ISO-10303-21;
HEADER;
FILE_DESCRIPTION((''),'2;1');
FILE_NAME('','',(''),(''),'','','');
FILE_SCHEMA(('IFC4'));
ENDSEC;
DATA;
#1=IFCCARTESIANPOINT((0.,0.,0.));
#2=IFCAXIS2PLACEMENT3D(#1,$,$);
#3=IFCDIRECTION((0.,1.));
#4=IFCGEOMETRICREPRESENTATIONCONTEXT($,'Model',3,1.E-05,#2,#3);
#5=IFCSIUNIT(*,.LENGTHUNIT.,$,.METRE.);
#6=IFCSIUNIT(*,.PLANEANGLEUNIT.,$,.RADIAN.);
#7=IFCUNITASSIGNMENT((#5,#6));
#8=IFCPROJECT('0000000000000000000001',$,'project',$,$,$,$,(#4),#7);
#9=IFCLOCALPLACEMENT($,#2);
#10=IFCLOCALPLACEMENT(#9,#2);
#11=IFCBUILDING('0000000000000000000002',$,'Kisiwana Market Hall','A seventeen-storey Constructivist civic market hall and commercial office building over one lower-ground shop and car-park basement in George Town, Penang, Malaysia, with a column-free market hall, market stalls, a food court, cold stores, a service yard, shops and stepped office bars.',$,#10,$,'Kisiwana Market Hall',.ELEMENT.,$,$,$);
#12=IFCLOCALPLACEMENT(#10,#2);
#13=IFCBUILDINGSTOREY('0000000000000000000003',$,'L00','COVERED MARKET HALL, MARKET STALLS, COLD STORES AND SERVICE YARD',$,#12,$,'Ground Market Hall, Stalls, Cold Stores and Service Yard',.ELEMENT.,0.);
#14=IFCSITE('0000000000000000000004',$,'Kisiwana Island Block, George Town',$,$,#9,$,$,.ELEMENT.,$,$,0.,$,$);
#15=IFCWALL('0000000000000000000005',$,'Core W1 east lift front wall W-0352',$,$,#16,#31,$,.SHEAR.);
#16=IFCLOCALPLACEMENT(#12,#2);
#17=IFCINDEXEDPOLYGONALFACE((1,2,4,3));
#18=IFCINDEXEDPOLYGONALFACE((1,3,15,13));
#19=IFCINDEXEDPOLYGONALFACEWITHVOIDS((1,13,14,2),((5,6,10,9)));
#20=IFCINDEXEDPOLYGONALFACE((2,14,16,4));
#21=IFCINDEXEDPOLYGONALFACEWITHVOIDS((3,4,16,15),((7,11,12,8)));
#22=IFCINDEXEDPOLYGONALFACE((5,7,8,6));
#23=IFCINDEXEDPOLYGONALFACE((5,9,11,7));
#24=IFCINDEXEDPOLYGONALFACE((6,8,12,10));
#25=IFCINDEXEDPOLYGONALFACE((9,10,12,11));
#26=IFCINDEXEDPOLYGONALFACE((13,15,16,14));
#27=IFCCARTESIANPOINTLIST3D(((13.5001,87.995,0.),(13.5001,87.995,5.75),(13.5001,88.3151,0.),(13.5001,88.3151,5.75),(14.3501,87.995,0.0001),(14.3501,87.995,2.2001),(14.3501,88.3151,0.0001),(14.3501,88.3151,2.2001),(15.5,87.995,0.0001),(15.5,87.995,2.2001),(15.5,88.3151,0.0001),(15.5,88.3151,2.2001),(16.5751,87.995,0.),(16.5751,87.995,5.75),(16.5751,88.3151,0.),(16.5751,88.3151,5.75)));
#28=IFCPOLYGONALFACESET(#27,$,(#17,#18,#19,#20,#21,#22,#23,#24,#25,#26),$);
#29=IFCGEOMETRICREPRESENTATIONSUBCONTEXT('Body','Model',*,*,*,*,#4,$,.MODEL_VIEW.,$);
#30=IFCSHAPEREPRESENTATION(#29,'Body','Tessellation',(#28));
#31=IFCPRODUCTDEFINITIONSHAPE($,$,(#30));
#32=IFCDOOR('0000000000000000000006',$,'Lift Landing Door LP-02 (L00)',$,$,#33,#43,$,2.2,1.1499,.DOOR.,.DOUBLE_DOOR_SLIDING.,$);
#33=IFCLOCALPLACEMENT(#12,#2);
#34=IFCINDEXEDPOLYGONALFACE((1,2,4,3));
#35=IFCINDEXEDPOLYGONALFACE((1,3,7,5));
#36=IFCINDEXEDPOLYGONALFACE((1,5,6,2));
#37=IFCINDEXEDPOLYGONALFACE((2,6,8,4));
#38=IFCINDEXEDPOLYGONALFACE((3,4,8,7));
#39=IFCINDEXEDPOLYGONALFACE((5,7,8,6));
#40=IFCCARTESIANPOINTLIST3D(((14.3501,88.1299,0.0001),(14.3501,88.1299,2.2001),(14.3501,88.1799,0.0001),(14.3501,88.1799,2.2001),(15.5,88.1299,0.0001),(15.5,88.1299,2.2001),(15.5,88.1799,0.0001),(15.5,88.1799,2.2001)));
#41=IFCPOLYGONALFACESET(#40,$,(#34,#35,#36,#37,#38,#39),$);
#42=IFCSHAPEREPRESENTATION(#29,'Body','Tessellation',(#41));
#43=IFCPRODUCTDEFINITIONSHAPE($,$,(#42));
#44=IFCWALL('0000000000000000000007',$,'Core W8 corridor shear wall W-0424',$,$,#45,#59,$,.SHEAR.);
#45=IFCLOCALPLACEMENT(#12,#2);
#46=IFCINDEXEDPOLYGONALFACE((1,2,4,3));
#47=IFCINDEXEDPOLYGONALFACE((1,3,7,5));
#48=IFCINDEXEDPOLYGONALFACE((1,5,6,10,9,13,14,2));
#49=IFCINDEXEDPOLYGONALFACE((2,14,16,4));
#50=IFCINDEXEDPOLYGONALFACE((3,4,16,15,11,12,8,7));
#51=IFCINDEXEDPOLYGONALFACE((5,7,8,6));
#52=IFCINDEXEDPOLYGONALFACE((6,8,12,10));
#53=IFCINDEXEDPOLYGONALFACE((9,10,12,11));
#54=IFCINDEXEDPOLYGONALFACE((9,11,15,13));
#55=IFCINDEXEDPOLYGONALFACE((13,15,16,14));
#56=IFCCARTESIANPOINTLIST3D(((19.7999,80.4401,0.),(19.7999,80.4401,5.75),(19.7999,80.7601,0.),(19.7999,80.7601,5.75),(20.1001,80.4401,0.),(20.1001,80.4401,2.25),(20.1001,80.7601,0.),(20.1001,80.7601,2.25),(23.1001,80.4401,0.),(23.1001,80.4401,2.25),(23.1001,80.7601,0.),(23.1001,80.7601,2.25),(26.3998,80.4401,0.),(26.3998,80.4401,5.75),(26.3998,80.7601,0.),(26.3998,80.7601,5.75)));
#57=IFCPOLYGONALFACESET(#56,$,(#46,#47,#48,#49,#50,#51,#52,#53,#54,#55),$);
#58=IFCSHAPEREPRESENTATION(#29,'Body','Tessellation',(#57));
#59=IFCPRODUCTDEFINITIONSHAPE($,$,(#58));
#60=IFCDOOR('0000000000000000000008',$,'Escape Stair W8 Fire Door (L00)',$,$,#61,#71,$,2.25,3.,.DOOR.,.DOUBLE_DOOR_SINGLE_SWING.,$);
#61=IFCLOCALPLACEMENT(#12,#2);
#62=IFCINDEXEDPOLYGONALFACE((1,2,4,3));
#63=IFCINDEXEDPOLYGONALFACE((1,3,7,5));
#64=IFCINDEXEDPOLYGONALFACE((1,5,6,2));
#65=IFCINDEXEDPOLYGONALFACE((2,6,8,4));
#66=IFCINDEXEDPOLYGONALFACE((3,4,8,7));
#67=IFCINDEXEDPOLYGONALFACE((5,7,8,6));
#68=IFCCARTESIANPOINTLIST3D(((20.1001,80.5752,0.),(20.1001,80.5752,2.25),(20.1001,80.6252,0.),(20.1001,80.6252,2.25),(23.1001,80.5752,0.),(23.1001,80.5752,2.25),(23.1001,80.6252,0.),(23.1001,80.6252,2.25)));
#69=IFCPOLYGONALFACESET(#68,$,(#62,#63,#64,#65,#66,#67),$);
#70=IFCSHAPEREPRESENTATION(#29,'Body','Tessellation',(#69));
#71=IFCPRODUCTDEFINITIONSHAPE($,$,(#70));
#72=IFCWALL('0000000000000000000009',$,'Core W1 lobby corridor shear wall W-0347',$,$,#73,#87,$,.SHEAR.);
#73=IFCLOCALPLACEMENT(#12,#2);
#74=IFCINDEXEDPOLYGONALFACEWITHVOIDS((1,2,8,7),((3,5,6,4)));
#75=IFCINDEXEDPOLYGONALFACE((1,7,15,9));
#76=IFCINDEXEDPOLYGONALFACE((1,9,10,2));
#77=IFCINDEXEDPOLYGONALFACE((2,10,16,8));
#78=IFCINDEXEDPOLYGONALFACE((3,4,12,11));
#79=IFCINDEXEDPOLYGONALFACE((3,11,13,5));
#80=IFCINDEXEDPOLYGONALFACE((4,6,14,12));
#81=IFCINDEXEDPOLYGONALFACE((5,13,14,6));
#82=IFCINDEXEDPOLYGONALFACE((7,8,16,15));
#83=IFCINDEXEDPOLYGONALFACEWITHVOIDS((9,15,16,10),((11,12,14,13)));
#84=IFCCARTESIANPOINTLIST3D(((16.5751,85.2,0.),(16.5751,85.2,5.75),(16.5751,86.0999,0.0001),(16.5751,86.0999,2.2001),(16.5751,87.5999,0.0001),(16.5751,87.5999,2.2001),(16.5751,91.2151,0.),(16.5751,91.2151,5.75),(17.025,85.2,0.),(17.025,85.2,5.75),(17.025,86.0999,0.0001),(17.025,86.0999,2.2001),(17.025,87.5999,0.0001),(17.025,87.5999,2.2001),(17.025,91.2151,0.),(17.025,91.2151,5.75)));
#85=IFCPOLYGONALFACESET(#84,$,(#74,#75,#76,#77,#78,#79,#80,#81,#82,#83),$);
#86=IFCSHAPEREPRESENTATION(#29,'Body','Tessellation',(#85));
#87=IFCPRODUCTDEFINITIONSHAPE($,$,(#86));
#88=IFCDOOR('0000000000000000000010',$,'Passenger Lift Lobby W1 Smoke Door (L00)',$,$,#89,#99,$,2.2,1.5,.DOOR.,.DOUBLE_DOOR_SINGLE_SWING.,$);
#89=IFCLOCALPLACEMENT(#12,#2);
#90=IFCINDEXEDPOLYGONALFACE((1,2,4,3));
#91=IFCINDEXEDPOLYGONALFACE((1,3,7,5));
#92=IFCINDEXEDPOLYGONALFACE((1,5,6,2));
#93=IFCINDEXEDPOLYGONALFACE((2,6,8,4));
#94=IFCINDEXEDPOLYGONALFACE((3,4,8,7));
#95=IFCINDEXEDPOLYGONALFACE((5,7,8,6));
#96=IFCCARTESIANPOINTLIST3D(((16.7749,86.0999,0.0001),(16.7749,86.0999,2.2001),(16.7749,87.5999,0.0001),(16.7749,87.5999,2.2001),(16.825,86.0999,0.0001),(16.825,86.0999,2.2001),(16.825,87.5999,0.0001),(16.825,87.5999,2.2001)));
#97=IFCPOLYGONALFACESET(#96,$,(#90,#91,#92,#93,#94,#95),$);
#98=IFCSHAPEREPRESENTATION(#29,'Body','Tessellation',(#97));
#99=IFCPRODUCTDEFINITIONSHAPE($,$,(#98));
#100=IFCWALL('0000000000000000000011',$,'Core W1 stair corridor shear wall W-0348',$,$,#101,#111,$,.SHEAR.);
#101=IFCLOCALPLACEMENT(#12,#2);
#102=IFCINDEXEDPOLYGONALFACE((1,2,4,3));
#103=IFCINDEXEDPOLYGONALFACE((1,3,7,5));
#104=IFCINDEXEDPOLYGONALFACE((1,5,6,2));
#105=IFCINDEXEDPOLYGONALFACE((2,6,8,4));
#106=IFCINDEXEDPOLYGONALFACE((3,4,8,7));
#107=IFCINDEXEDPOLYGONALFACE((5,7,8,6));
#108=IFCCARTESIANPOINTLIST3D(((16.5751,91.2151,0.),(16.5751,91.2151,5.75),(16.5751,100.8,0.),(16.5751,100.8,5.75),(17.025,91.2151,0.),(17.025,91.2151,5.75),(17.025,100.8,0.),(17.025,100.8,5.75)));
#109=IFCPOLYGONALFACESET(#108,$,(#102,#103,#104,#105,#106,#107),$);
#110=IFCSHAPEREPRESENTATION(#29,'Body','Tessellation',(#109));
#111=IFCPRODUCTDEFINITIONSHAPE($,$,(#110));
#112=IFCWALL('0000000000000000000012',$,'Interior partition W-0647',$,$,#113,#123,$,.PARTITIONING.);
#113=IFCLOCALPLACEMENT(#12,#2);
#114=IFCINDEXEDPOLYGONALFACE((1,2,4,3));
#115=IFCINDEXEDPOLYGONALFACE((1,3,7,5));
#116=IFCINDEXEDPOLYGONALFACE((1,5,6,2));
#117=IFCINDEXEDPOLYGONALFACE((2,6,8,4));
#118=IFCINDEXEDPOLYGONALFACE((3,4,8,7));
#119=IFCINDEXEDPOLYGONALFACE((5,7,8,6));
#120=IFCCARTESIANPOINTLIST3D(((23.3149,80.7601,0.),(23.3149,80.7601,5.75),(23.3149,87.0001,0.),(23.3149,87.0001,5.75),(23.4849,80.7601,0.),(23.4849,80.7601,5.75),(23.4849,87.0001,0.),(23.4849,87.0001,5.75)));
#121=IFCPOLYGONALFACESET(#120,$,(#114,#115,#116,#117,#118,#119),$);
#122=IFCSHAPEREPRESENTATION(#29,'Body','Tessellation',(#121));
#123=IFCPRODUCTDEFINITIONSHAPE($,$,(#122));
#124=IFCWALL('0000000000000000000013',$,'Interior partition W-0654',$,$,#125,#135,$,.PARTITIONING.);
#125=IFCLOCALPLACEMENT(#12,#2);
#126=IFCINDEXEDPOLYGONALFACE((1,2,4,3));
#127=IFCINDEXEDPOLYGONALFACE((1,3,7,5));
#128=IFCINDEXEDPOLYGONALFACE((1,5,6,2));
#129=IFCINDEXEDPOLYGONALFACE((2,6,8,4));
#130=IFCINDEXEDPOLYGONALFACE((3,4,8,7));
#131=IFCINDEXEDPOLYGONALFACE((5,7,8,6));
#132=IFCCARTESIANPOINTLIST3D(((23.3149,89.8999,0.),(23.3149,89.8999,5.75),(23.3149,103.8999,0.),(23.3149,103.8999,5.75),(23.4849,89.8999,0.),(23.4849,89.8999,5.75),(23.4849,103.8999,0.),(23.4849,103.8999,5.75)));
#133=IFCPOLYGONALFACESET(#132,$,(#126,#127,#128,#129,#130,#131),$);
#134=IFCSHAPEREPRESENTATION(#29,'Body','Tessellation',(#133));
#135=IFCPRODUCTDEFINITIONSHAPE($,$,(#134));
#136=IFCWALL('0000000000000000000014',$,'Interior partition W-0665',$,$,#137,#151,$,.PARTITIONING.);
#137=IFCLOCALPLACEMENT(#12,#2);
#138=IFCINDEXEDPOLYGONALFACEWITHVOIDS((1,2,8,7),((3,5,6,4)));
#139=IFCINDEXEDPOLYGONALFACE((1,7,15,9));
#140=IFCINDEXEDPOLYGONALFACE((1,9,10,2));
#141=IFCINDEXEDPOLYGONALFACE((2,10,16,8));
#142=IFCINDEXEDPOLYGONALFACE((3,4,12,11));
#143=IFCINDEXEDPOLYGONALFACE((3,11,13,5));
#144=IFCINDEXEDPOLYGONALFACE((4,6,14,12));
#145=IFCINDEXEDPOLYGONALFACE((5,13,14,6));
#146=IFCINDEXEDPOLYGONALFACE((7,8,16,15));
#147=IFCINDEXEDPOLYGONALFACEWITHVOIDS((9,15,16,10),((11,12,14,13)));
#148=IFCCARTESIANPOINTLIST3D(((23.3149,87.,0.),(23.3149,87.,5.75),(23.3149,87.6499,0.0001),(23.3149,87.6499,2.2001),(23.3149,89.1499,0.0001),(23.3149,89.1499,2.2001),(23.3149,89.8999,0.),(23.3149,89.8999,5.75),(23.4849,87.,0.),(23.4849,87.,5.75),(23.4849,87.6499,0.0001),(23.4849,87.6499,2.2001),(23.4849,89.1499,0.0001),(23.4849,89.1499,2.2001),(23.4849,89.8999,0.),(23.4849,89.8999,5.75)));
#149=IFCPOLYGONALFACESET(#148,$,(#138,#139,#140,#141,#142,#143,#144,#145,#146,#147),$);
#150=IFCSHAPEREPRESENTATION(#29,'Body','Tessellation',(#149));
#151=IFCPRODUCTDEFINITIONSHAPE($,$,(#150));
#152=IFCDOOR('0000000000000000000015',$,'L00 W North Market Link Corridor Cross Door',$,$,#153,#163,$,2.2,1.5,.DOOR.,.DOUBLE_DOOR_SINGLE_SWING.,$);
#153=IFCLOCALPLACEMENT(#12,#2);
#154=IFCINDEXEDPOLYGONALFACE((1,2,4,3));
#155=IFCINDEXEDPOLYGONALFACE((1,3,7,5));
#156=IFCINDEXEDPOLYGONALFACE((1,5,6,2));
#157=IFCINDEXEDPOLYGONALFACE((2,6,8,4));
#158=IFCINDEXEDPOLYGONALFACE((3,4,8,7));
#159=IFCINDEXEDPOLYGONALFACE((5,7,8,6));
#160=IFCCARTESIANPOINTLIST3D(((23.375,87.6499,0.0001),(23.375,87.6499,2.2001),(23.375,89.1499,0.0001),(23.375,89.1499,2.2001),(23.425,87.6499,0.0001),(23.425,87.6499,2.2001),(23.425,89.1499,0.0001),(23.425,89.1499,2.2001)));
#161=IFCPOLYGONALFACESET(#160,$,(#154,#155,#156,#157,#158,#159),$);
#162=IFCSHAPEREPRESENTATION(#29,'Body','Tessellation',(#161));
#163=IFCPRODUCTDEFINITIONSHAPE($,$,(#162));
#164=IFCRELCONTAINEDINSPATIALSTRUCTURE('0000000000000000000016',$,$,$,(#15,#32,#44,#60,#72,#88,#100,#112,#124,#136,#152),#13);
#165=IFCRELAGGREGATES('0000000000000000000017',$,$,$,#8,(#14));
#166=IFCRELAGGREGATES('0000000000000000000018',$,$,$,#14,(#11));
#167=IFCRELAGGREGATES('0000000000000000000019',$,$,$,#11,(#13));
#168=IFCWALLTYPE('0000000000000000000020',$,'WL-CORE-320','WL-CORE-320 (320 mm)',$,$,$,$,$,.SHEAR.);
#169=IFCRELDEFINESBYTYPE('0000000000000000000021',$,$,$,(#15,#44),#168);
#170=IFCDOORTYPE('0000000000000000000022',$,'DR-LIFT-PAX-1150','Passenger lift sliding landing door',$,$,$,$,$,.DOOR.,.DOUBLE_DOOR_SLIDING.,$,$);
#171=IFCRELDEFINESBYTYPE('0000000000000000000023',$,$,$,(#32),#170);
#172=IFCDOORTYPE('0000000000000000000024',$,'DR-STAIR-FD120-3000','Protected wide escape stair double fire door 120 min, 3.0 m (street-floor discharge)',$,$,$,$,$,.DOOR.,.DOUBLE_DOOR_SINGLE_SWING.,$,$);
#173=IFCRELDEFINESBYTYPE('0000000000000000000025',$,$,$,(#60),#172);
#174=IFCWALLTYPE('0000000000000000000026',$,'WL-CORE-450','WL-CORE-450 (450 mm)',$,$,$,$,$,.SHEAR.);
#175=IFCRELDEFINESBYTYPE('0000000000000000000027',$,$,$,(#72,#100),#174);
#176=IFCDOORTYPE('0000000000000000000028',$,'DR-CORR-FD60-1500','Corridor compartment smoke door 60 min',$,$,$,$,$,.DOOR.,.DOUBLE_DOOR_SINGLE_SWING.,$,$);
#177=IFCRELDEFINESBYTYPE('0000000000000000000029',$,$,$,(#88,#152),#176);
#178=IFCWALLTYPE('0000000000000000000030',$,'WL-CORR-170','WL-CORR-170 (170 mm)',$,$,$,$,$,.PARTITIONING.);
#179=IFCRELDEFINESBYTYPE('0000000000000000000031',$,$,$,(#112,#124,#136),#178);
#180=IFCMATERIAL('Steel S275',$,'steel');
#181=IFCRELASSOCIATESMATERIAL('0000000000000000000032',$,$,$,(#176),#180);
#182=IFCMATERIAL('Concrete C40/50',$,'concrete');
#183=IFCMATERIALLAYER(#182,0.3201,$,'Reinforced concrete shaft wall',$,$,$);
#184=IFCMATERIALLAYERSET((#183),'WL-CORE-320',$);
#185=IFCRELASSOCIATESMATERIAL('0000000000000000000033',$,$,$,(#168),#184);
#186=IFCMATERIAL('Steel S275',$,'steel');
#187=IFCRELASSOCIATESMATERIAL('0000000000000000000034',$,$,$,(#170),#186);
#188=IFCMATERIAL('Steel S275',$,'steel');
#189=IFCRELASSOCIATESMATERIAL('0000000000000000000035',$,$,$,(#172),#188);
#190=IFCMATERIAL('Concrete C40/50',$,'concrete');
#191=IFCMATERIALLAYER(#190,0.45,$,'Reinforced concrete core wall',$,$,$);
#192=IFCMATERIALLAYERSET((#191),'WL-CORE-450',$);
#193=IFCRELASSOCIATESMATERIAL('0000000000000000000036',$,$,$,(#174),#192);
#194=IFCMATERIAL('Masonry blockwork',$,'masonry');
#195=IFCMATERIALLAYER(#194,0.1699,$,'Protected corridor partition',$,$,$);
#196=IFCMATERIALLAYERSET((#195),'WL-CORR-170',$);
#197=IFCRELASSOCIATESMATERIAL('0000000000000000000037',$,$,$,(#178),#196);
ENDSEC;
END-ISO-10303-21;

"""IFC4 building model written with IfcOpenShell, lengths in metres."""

from ifc_helpers import new_model, si_unit, direction, frame, frame_2d, origin, place, context, subcontext, project, spatial, rectangle, extrude, material, layer, layer_set, type_object, element, fill, save


model = new_model("IFC4")

# Units and contexts
model_context = context("Model", 3, precision=1e-05, world=origin(), true_north=direction((0.0, 1.0)))
body_context = subcontext(model_context, "Body", "Model", "MODEL_VIEW")
ifc_project = project(units=[si_unit("LENGTHUNIT", "METRE"), si_unit("PLANEANGLEUNIT", "RADIAN")], contexts=[model_context])

# Site, building, storey
site_placement = place(None, origin())
site = spatial("IfcSite", under=ifc_project, at=site_placement, Name="Kisiwana Island Block, George Town", CompositionType="ELEMENT", RefElevation=0.0)
building_placement = place(site_placement, origin())
building = spatial("IfcBuilding", under=site, at=building_placement, Name="Kisiwana Market Hall", Description="A seventeen-storey Constructivist civic market hall and commercial office building over one lower-ground shop and car-park basement in George Town, Penang, Malaysia, with a column-free market hall, market stalls, a food court, cold stores, a service yard, shops and stepped office bars.", LongName="Kisiwana Market Hall", CompositionType="ELEMENT")
storey_placement = place(building_placement, origin())
storey = spatial("IfcBuildingStorey", under=building, at=storey_placement, Name="L00", Description="COVERED MARKET HALL, MARKET STALLS, COLD STORES AND SERVICE YARD", LongName="Ground Market Hall, Stalls, Cold Stores and Service Yard", CompositionType="ELEMENT", Elevation=0.0)

# Shared definitions
ifc_material_1 = material(Name="Steel S275", Category="steel")
door_type_1 = type_object("IfcDoorType", Name="DR-CORR-FD60-1500", Description="Corridor compartment smoke door 60 min", OperationType="DOUBLE_DOOR_SINGLE_SWING", PredefinedType="DOOR", material=ifc_material_1)

# Shared definitions
ifc_material_2 = material(Name="Concrete C40/50", Category="concrete")
ifc_layer_1 = layer(ifc_material_2, 0.3201, Name="Reinforced concrete shaft wall")
ifc_layer_set_1 = layer_set([ifc_layer_1], Name="WL-CORE-320")
wall_type_1 = type_object("IfcWallType", Name="WL-CORE-320", Description="WL-CORE-320 (320 mm)", PredefinedType="SHEAR", material=ifc_layer_set_1)

# Walls, openings, doors
wall_1_placement = place(storey_placement, frame((13.5, 88.155, 0.0), z_axis=(0.0, 0.0, 1.0), x_axis=(1.0, 0.0, 0.0)))
wall_1 = element("IfcWall", 1, at=wall_1_placement, inside=storey, type_object=wall_type_1, Name="Core W1 east lift front wall W-0352", PredefinedType="SHEAR", context=body_context, shape_type="SweptSolid", body=[
    extrude(rectangle(XDim=3.075, YDim=0.3201, at=frame_2d((1.5376, 0.0))), origin(), (0.0, 0.0, 1.0), 5.75),
])
opening_1_placement = place(wall_1_placement, frame((0.8501, 0.0, 0.0)))
opening_1 = element("IfcOpeningElement", 2, at=opening_1_placement, cuts=wall_1, PredefinedType="OPENING", context=body_context, shape_type="SweptSolid", body=[
    extrude(rectangle(XDim=1.1499, YDim=2.2, at=frame_2d((0.575, 1.1001))), frame((0.0, 0.1719, 0.0), z_axis=(0.0, -1.0, 0.0), x_axis=(1.0, 0.0, 0.0)), (0.0, 0.0, 1.0), 0.344),
])
ifc_material_3 = material(Name="Steel S275", Category="steel")
door_type_2 = type_object("IfcDoorType", Name="DR-LIFT-PAX-1150", Description="Passenger lift sliding landing door", OperationType="DOUBLE_DOOR_SLIDING", PredefinedType="DOOR", material=ifc_material_3)
door_1_placement = place(opening_1_placement, origin())
door_1 = element("IfcDoor", 3, at=door_1_placement, inside=storey, type_object=door_type_2, Name="Lift Landing Door LP-02 (L00)", OperationType="DOUBLE_DOOR_SLIDING", OverallHeight=2.2, OverallWidth=1.1499, PredefinedType="DOOR", context=body_context, shape_type="SweptSolid", body=[
    extrude(rectangle(XDim=1.1499, YDim=2.2, at=frame_2d((0.575, 1.1001))), frame((0.0, 0.0249, 0.0), z_axis=(0.0, -1.0, 0.0), x_axis=(1.0, 0.0, 0.0)), (0.0, 0.0, 1.0), 0.05),
])
fill(opening_1, door_1)
wall_2_placement = place(storey_placement, frame((19.8, 80.6001, 0.0), z_axis=(0.0, 0.0, 1.0), x_axis=(1.0, 0.0, 0.0)))
wall_2 = element("IfcWall", 4, at=wall_2_placement, inside=storey, type_object=wall_type_1, Name="Core W8 corridor shear wall W-0424", PredefinedType="SHEAR", context=body_context, shape_type="SweptSolid", body=[
    extrude(rectangle(XDim=6.5999, YDim=0.3201, at=frame_2d((3.2998, 0.0))), origin(), (0.0, 0.0, 1.0), 5.75),
])
opening_2_placement = place(wall_2_placement, frame((0.3, 0.0, 0.0)))
opening_2 = element("IfcOpeningElement", 5, at=opening_2_placement, cuts=wall_2, PredefinedType="OPENING", context=body_context, shape_type="SweptSolid", body=[
    extrude(rectangle(XDim=3.0, YDim=2.25, at=frame_2d((1.5, 1.125))), frame((0.0, 0.1719, 0.0), z_axis=(0.0, -1.0, 0.0), x_axis=(1.0, 0.0, 0.0)), (0.0, 0.0, 1.0), 0.344),
])
ifc_material_4 = material(Name="Steel S275", Category="steel")
door_type_3 = type_object("IfcDoorType", Name="DR-STAIR-FD120-3000", Description="Protected wide escape stair double fire door 120 min, 3.0 m (street-floor discharge)", OperationType="DOUBLE_DOOR_SINGLE_SWING", PredefinedType="DOOR", material=ifc_material_4)
door_2_placement = place(opening_2_placement, frame((3.0, 0.0, 0.0), z_axis=(0.0, 0.0, 1.0), x_axis=(-1.0, 0.0, 0.0)))
door_2 = element("IfcDoor", 6, at=door_2_placement, inside=storey, type_object=door_type_3, Name="Escape Stair W8 Fire Door (L00)", OperationType="DOUBLE_DOOR_SINGLE_SWING", OverallHeight=2.25, OverallWidth=3.0, PredefinedType="DOOR", context=body_context, shape_type="SweptSolid", body=[
    extrude(rectangle(XDim=3.0, YDim=2.25, at=frame_2d((1.5, 1.125))), frame((0.0, 0.0249, 0.0), z_axis=(0.0, -1.0, 0.0), x_axis=(1.0, 0.0, 0.0)), (0.0, 0.0, 1.0), 0.05),
])
fill(opening_2, door_2)
ifc_material_5 = material(Name="Concrete C40/50", Category="concrete")
ifc_layer_2 = layer(ifc_material_5, 0.45, Name="Reinforced concrete core wall")
ifc_layer_set_2 = layer_set([ifc_layer_2], Name="WL-CORE-450")
wall_type_2 = type_object("IfcWallType", Name="WL-CORE-450", Description="WL-CORE-450 (450 mm)", PredefinedType="SHEAR", material=ifc_layer_set_2)
wall_3_placement = place(storey_placement, frame((16.8, 85.2, 0.0), z_axis=(0.0, 0.0, 1.0), x_axis=(0.0, 1.0, 0.0)))
wall_3 = element("IfcWall", 7, at=wall_3_placement, inside=storey, type_object=wall_type_2, Name="Core W1 lobby corridor shear wall W-0347", PredefinedType="SHEAR", context=body_context, shape_type="SweptSolid", body=[
    extrude(rectangle(XDim=6.0151, YDim=0.45, at=frame_2d((3.0076, 0.0))), origin(), (0.0, 0.0, 1.0), 5.75),
])
opening_3_placement = place(wall_3_placement, frame((0.8999, 0.0, 0.0)))
opening_3 = element("IfcOpeningElement", 8, at=opening_3_placement, cuts=wall_3, PredefinedType="OPENING", context=body_context, shape_type="SweptSolid", body=[
    extrude(rectangle(XDim=1.5, YDim=2.2, at=frame_2d((0.75, 1.1001))), frame((0.0, 0.2368, 0.0), z_axis=(0.0, -1.0, 0.0), x_axis=(1.0, 0.0, 0.0)), (0.0, 0.0, 1.0), 0.4739),
])
door_3_placement = place(opening_3_placement, frame((1.5, 0.0, 0.0), z_axis=(0.0, 0.0, 1.0), x_axis=(-1.0, 0.0, 0.0)))
door_3 = element("IfcDoor", 9, at=door_3_placement, inside=storey, type_object=door_type_1, Name="Passenger Lift Lobby W1 Smoke Door (L00)", OperationType="DOUBLE_DOOR_SINGLE_SWING", OverallHeight=2.2, OverallWidth=1.5, PredefinedType="DOOR", context=body_context, shape_type="SweptSolid", body=[
    extrude(rectangle(XDim=1.5, YDim=2.2, at=frame_2d((0.75, 1.1001))), frame((0.0, 0.0249, 0.0), z_axis=(0.0, -1.0, 0.0), x_axis=(1.0, 0.0, 0.0)), (0.0, 0.0, 1.0), 0.05),
])
fill(opening_3, door_3)

# Walls
wall_4_placement = place(storey_placement, frame((16.8, 91.2151, 0.0), z_axis=(0.0, 0.0, 1.0), x_axis=(0.0, 1.0, 0.0)))
element("IfcWall", 10, at=wall_4_placement, inside=storey, type_object=wall_type_2, Name="Core W1 stair corridor shear wall W-0348", PredefinedType="SHEAR", context=body_context, shape_type="SweptSolid", body=[
    extrude(rectangle(XDim=9.585, YDim=0.45, at=frame_2d((4.7925, 0.0))), origin(), (0.0, 0.0, 1.0), 5.75),
])
ifc_material_6 = material(Name="Masonry blockwork", Category="masonry")
ifc_layer_3 = layer(ifc_material_6, 0.1699, Name="Protected corridor partition")
ifc_layer_set_3 = layer_set([ifc_layer_3], Name="WL-CORR-170")
wall_type_3 = type_object("IfcWallType", Name="WL-CORR-170", Description="WL-CORR-170 (170 mm)", PredefinedType="PARTITIONING", material=ifc_layer_set_3)
wall_5_placement = place(storey_placement, frame((23.3999, 80.76, 0.0), z_axis=(0.0, 0.0, 1.0), x_axis=(0.0, 1.0, 0.0)))
element("IfcWall", 11, at=wall_5_placement, inside=storey, type_object=wall_type_3, Name="Interior partition W-0647", PredefinedType="PARTITIONING", context=body_context, shape_type="SweptSolid", body=[
    extrude(rectangle(XDim=6.24, YDim=0.1699, at=frame_2d((3.1201, 0.0))), origin(), (0.0, 0.0, 1.0), 5.75),
])
wall_6_placement = place(storey_placement, frame((23.3999, 89.8999, 0.0), z_axis=(0.0, 0.0, 1.0), x_axis=(0.0, 1.0, 0.0)))
element("IfcWall", 12, at=wall_6_placement, inside=storey, type_object=wall_type_3, Name="Interior partition W-0654", PredefinedType="PARTITIONING", context=body_context, shape_type="SweptSolid", body=[
    extrude(rectangle(XDim=14.0, YDim=0.1699, at=frame_2d((7.0, 0.0))), origin(), (0.0, 0.0, 1.0), 5.75),
])

# Wall, opening, door
wall_7_placement = place(storey_placement, frame((23.3999, 87.0, 0.0), z_axis=(0.0, 0.0, 1.0), x_axis=(0.0, 1.0, 0.0)))
wall_7 = element("IfcWall", 13, at=wall_7_placement, inside=storey, type_object=wall_type_3, Name="Interior partition W-0665", PredefinedType="PARTITIONING", context=body_context, shape_type="SweptSolid", body=[
    extrude(rectangle(XDim=2.8999, YDim=0.1699, at=frame_2d((1.45, 0.0))), origin(), (0.0, 0.0, 1.0), 5.75),
])
opening_4_placement = place(wall_7_placement, frame((0.6499, 0.0, 0.0)))
opening_4 = element("IfcOpeningElement", 14, at=opening_4_placement, cuts=wall_7, PredefinedType="OPENING", context=body_context, shape_type="SweptSolid", body=[
    extrude(rectangle(XDim=1.5, YDim=2.2, at=frame_2d((0.75, 1.1001))), frame((0.0, 0.0969, 0.0), z_axis=(0.0, -1.0, 0.0), x_axis=(1.0, 0.0, 0.0)), (0.0, 0.0, 1.0), 0.1938),
])
door_4_placement = place(opening_4_placement, origin())
door_4 = element("IfcDoor", 15, at=door_4_placement, inside=storey, type_object=door_type_1, Name="L00 W North Market Link Corridor Cross Door", OperationType="DOUBLE_DOOR_SINGLE_SWING", OverallHeight=2.2, OverallWidth=1.5, PredefinedType="DOOR", context=body_context, shape_type="SweptSolid", body=[
    extrude(rectangle(XDim=1.5, YDim=2.2, at=frame_2d((0.75, 1.1001))), frame((0.0, 0.0249, 0.0), z_axis=(0.0, -1.0, 0.0), x_axis=(1.0, 0.0, 0.0)), (0.0, 0.0, 1.0), 0.05),
])
fill(opening_4, door_4)

save(model, "model.ifc")
